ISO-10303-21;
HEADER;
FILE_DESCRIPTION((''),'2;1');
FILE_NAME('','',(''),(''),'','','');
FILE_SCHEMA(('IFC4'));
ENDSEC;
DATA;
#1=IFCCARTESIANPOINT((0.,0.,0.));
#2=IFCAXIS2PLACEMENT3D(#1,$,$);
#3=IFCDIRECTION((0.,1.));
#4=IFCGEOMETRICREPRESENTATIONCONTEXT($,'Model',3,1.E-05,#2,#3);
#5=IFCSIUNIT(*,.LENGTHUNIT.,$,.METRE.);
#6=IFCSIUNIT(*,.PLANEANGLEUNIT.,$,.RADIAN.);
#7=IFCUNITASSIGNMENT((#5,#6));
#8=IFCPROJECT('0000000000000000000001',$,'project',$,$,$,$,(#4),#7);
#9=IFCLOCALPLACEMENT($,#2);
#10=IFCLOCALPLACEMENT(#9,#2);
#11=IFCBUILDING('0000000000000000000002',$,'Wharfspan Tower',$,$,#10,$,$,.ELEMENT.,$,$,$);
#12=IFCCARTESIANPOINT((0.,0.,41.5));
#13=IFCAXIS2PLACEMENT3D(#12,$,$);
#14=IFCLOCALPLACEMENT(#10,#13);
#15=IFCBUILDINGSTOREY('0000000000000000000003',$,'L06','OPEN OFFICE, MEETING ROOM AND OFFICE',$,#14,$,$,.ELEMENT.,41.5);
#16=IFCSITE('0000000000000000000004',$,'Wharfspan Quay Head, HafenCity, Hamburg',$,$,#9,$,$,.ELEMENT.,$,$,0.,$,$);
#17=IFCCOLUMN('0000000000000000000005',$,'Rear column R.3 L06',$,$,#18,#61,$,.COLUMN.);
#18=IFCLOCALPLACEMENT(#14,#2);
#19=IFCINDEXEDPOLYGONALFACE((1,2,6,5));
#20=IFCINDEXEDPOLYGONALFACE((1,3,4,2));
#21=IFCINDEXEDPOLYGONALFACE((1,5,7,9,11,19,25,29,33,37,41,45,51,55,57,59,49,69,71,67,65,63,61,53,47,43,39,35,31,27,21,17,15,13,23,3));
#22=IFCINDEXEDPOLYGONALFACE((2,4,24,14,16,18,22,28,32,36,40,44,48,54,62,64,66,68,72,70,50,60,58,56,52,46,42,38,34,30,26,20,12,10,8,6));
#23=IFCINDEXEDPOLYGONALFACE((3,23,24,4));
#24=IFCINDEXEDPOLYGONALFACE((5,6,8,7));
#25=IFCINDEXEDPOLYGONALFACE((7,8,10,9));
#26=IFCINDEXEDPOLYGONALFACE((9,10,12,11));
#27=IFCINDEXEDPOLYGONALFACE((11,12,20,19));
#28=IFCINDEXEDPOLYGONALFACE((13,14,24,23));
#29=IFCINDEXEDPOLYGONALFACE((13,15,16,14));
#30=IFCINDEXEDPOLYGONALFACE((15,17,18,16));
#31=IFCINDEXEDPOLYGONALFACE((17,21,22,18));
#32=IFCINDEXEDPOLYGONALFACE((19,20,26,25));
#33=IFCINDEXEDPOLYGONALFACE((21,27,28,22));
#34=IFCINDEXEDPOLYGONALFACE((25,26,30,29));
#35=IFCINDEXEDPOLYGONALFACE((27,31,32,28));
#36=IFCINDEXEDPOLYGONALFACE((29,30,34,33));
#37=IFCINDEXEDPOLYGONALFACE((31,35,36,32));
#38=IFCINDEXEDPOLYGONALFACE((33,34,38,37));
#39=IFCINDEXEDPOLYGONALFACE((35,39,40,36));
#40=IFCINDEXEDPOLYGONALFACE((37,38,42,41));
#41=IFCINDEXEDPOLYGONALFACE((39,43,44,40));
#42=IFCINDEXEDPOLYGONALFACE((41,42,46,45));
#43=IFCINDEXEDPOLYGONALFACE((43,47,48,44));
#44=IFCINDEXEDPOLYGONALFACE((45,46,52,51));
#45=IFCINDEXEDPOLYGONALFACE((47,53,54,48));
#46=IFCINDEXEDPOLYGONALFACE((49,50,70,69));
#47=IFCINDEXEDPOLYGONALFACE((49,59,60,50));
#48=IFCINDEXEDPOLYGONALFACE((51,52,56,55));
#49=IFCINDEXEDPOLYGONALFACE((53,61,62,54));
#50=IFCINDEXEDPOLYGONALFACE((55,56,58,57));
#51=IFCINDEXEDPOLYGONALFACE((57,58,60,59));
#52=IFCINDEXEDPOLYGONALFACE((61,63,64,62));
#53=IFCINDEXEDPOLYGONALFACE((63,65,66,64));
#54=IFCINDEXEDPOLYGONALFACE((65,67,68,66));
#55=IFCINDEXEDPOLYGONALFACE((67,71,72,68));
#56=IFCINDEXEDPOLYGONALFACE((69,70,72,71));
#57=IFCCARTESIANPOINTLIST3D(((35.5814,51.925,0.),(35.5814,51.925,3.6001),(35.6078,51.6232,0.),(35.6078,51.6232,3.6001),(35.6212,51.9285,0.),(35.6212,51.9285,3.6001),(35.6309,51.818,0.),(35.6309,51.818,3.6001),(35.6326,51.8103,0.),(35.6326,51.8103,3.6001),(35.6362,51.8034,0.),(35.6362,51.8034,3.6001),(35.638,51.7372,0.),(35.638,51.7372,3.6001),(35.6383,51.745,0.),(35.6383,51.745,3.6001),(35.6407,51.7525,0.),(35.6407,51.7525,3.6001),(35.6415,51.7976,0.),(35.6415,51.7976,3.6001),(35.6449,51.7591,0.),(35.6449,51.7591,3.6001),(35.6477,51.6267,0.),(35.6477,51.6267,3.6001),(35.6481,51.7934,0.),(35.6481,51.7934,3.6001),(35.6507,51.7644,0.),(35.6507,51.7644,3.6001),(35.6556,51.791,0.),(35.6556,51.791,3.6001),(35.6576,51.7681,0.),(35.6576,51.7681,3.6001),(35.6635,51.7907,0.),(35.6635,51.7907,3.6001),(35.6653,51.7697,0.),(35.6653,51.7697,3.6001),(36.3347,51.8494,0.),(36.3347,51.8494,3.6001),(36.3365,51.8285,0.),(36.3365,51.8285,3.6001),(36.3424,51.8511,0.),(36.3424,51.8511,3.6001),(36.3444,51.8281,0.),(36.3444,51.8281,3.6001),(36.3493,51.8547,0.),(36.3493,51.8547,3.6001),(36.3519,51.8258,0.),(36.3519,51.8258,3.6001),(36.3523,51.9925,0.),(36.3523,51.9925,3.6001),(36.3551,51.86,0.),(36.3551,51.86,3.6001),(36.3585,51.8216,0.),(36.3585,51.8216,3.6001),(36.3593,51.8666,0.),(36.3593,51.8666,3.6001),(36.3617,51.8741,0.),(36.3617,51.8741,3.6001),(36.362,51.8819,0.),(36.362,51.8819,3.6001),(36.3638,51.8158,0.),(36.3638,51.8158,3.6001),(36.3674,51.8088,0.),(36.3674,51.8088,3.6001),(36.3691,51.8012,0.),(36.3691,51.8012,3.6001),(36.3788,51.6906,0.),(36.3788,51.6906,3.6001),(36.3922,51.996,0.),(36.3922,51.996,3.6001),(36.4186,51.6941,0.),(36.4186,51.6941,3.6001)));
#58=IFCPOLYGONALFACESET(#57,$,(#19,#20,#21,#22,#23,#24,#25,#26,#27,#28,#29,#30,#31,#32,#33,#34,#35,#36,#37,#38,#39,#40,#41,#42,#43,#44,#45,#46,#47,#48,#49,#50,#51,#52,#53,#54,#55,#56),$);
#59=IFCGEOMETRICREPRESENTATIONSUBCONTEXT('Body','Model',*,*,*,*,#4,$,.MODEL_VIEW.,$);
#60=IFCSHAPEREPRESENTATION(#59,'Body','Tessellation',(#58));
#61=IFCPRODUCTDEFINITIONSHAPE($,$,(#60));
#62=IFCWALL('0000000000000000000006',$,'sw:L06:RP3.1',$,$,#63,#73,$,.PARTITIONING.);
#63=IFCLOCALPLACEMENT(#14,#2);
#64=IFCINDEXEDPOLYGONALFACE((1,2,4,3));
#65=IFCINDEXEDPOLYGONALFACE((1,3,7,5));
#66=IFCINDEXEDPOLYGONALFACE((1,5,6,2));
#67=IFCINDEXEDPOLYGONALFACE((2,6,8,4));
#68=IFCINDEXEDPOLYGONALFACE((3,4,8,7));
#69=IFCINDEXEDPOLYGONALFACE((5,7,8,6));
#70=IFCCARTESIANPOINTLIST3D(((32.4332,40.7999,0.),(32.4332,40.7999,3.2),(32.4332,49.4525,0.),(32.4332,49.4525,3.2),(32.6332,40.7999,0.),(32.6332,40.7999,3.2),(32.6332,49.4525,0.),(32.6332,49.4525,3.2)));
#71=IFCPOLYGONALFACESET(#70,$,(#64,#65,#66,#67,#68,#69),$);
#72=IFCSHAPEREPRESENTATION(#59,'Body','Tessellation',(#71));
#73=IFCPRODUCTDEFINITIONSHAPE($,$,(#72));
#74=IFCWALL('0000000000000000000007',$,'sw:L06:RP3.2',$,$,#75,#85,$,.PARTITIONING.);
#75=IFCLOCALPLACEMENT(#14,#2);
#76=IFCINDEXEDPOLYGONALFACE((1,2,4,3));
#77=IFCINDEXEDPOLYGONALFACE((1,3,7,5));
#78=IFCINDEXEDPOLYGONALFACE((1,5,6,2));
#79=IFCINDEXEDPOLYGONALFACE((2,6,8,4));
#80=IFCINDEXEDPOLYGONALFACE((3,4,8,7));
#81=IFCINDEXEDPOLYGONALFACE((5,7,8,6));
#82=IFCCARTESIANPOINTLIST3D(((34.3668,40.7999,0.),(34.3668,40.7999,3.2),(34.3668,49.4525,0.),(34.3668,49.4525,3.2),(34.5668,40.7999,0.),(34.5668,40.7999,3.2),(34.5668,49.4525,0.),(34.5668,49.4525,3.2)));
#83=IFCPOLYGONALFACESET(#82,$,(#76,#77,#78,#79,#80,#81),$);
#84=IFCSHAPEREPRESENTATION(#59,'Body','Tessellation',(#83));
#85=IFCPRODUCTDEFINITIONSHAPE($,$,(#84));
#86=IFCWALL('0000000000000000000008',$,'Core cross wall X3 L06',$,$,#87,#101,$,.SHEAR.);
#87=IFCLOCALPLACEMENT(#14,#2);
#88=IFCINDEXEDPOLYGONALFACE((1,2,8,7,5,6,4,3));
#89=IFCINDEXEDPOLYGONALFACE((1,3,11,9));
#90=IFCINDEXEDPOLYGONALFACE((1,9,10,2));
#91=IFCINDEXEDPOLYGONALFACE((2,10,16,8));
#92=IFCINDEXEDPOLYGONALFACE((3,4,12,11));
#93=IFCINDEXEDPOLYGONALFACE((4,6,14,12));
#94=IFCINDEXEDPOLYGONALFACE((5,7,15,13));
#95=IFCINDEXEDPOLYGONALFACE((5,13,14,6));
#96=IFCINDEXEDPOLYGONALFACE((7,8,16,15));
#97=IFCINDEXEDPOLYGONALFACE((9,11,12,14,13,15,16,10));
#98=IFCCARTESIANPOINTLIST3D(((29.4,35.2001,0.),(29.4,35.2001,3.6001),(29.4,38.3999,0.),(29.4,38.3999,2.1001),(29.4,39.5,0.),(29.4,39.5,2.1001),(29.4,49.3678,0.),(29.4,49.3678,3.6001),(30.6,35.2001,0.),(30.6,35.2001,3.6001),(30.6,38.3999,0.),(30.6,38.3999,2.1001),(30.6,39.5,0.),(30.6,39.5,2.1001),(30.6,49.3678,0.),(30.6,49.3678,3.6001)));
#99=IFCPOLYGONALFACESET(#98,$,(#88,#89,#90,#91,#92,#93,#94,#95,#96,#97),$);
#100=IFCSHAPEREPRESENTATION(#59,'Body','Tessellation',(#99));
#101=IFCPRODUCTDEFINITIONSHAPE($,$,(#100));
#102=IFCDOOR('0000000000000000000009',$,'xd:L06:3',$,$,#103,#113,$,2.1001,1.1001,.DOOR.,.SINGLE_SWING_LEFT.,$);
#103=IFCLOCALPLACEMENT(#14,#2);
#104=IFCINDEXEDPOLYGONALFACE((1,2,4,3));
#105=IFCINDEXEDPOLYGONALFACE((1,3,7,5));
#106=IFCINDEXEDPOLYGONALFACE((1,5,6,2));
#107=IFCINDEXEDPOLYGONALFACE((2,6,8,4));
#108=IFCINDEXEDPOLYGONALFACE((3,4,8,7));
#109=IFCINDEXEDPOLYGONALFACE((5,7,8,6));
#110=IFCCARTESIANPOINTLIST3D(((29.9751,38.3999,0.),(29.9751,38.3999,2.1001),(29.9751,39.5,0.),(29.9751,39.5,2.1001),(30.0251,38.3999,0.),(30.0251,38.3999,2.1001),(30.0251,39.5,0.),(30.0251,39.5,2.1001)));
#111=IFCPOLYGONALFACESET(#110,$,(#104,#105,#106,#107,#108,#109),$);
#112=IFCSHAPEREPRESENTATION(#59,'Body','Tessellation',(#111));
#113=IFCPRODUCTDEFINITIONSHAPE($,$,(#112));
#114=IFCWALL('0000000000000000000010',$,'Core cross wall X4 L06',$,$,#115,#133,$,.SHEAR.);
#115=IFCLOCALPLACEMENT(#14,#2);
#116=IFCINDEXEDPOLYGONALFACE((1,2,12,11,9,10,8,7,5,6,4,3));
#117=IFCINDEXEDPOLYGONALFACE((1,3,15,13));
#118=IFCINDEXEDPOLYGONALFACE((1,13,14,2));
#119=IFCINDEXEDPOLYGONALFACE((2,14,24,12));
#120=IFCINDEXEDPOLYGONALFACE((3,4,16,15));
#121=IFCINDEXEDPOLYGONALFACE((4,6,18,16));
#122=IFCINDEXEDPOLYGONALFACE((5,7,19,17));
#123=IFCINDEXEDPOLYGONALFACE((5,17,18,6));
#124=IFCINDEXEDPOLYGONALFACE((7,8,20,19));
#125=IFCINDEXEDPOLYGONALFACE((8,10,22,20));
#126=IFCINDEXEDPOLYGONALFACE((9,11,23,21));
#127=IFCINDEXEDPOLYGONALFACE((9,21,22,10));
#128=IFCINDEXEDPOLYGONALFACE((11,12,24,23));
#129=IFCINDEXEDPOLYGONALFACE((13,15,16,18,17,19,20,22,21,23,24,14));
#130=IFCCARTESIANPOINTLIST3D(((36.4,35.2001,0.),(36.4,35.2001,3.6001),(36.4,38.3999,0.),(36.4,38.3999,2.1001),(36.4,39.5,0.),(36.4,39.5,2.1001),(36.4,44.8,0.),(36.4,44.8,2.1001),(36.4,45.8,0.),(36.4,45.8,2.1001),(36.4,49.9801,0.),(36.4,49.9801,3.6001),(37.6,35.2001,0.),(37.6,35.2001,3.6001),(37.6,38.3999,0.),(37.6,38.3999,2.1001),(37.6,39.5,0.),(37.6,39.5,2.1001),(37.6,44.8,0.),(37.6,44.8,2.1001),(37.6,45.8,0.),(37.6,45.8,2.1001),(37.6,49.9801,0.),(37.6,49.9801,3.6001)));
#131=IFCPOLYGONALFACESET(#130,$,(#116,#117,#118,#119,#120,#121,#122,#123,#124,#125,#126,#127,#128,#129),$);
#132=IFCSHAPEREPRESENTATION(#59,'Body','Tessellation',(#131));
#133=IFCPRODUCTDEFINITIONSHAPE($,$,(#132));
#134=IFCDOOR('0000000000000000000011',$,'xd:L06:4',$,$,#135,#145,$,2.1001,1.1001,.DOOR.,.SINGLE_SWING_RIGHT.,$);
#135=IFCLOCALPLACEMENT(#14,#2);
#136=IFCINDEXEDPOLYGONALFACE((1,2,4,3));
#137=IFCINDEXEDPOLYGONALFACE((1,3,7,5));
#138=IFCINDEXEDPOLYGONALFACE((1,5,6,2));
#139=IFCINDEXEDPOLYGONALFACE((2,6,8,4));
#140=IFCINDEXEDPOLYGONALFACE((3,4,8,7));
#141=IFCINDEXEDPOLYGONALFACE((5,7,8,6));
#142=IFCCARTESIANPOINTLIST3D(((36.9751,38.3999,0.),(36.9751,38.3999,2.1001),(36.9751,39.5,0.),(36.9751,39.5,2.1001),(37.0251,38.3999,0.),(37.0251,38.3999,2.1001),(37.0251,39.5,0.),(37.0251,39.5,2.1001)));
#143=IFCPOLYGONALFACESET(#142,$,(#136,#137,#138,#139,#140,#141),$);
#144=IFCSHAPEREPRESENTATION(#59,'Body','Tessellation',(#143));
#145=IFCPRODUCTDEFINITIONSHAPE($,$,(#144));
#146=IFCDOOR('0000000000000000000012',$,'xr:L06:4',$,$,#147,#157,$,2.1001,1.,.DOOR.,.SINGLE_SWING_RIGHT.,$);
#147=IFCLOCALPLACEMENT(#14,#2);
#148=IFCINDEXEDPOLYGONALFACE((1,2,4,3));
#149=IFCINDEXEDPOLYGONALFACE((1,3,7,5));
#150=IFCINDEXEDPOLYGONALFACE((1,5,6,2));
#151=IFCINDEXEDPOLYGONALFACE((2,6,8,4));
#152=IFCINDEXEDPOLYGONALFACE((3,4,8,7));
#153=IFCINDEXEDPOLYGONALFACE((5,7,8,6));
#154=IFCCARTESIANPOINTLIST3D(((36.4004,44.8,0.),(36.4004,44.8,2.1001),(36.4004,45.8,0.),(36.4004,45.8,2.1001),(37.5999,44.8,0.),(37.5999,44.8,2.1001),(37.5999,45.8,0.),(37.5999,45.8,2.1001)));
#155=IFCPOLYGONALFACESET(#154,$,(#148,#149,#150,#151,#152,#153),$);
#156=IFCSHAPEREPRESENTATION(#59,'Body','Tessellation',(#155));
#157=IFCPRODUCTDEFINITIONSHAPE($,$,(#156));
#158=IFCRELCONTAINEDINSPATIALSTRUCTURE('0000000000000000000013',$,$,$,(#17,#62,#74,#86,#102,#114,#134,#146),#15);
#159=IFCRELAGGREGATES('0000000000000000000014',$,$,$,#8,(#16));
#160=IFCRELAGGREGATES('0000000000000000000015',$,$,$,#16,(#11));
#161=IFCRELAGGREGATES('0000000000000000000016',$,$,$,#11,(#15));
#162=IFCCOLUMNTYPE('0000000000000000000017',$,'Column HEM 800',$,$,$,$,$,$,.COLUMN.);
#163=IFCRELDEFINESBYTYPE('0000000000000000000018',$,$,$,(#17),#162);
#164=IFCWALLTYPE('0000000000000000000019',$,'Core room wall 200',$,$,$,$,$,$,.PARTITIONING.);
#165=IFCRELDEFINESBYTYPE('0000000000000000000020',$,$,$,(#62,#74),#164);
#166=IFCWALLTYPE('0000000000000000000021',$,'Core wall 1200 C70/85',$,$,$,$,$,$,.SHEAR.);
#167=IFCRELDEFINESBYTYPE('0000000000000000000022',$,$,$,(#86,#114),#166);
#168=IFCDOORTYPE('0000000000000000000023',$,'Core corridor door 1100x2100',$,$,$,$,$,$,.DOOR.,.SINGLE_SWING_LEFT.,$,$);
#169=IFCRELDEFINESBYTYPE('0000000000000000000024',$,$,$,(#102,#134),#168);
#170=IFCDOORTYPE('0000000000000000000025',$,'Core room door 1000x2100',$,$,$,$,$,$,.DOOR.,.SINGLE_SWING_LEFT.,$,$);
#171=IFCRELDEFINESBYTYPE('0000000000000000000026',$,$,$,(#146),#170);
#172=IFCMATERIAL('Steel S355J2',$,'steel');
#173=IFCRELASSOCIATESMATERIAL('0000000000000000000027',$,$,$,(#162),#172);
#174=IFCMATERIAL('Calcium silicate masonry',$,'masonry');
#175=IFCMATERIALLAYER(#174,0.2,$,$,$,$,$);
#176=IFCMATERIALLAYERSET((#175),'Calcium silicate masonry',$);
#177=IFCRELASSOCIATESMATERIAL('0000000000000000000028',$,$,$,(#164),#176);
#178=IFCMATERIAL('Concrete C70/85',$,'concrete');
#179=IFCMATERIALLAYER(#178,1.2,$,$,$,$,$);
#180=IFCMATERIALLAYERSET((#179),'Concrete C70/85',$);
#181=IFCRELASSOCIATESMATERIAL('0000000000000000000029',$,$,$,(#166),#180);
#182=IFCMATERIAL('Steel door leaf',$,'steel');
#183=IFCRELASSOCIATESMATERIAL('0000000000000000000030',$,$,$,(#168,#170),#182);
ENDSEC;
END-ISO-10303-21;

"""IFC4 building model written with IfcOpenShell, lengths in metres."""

from ifc_helpers import new_model, si_unit, direction, frame, frame_2d, origin, origin_2d, place, context, subcontext, project, spatial, rectangle, i_section, extrude, material, layer, layer_set, material_profile, profile_set, type_object, element, fill, save


model = new_model("IFC4")

# Units and contexts
model_context = context("Model", 3, precision=1e-05, world=origin(), true_north=direction((0.0, 1.0)))
body_context = subcontext(model_context, "Body", "Model", "MODEL_VIEW")
ifc_project = project(units=[si_unit("LENGTHUNIT", "METRE"), si_unit("PLANEANGLEUNIT", "RADIAN")], contexts=[model_context])

# Site, building, storey
site_placement = place(None, origin())
site = spatial("IfcSite", under=ifc_project, at=site_placement, Name="Wharfspan Quay Head, HafenCity, Hamburg", CompositionType="ELEMENT", RefElevation=0.0)
building_placement = place(site_placement, origin())
building = spatial("IfcBuilding", under=site, at=building_placement, Name="Wharfspan Tower", CompositionType="ELEMENT")
storey_placement = place(building_placement, frame((0.0, 0.0, 41.5)))
storey = spatial("IfcBuildingStorey", under=building, at=storey_placement, Name="L06", Description="OPEN OFFICE, MEETING ROOM AND OFFICE", CompositionType="ELEMENT", Elevation=41.5)

# Column
ifc_material_1 = material(Name="Steel S355J2", Category="steel")
ifc_material_profile = material_profile(ifc_material_1, i_section(OverallWidth=0.303, OverallDepth=0.814, WebThickness=0.021, FlangeThickness=0.04, FilletRadius=0.03, at=origin_2d()))
ifc_profile_set = profile_set([ifc_material_profile], Name="Steel S355J2")
column_type = type_object("IfcColumnType", Name="Column HEM 800", PredefinedType="COLUMN", material=ifc_profile_set)
column_placement = place(storey_placement, frame((36.0, 51.8096, 0.0), z_axis=(0.0, 0.0, 1.0), x_axis=(-0.087156, 0.996197, 0.0)))
element("IfcColumn", 1, at=column_placement, inside=storey, type_object=column_type, Name="Rear column R.3 L06", PredefinedType="COLUMN", context=body_context, shape_type="SweptSolid", body=[
    extrude(i_section(OverallWidth=0.303, OverallDepth=0.814, WebThickness=0.021, FlangeThickness=0.04, FilletRadius=0.03, at=origin_2d()), origin(), (0.0, 0.0, 1.0), 3.6001),
])

# Walls
ifc_material_2 = material(Name="Calcium silicate masonry", Category="masonry")
ifc_layer_1 = layer(ifc_material_2, 0.2)
ifc_layer_set_1 = layer_set([ifc_layer_1], Name="Calcium silicate masonry")
wall_type_1 = type_object("IfcWallType", Name="Core room wall 200", PredefinedType="PARTITIONING", material=ifc_layer_set_1)
for number, where, z_axis, x_axis, name in (
    (2, (32.5332, 40.8, 0.0), (0.0, 0.0, 1.0), (0.0, 1.0, 0.0), "sw:L06:RP3.1"),
    (3, (34.4668, 40.8, 0.0), (0.0, 0.0, 1.0), (0.0, 1.0, 0.0), "sw:L06:RP3.2"),
):
    element("IfcWall", number, at=place(storey_placement, frame(where, z_axis=z_axis, x_axis=x_axis)), inside=storey, type_object=wall_type_1, Name=name, PredefinedType="PARTITIONING", context=body_context, shape_type="SweptSolid", body=[
        extrude(rectangle(XDim=8.6526, YDim=0.2, at=frame_2d((4.3262, 0.0))), origin(), (0.0, 0.0, 1.0), 3.2),
    ])

# Wall, opening, door
ifc_material_3 = material(Name="Concrete C70/85", Category="concrete")
ifc_layer_2 = layer(ifc_material_3, 1.2)
ifc_layer_set_2 = layer_set([ifc_layer_2], Name="Concrete C70/85")
wall_type_2 = type_object("IfcWallType", Name="Core wall 1200 C70/85", PredefinedType="SHEAR", material=ifc_layer_set_2)
wall_1_placement = place(storey_placement, frame((30.0, 35.2, 0.0), z_axis=(0.0, 0.0, 1.0), x_axis=(0.0, 1.0, 0.0)))
wall_1 = element("IfcWall", 4, at=wall_1_placement, inside=storey, type_object=wall_type_2, Name="Core cross wall X3 L06", PredefinedType="SHEAR", context=body_context, shape_type="SweptSolid", body=[
    extrude(rectangle(XDim=14.1677, YDim=1.2, at=frame_2d((7.084, 0.0))), origin(), (0.0, 0.0, 1.0), 3.6001),
])
opening_1_placement = place(wall_1_placement, frame((3.2, 0.0, 0.0)))
opening_1 = element("IfcOpeningElement", 5, at=opening_1_placement, cuts=wall_1, PredefinedType="OPENING", context=body_context, shape_type="SweptSolid", body=[
    extrude(rectangle(XDim=1.1001, YDim=2.1001, at=frame_2d((0.55, 1.05))), frame((0.0, 0.6099, 0.0), z_axis=(0.0, -1.0, 0.0), x_axis=(1.0, 0.0, 0.0)), (0.0, 0.0, 1.0), 1.22),
])
ifc_material_4 = material(Name="Steel door leaf", Category="steel")
door_type_1 = type_object("IfcDoorType", Name="Core corridor door 1100x2100", OperationType="SINGLE_SWING_LEFT", PredefinedType="DOOR", material=ifc_material_4)
door_1_placement = place(opening_1_placement, origin())
door_1 = element("IfcDoor", 6, at=door_1_placement, inside=storey, type_object=door_type_1, Name="xd:L06:3", OperationType="SINGLE_SWING_LEFT", OverallHeight=2.1001, OverallWidth=1.1001, PredefinedType="DOOR", context=body_context, shape_type="SweptSolid", body=[
    extrude(rectangle(XDim=1.1001, YDim=2.1001, at=frame_2d((0.55, 1.05))), frame((0.0, 0.0249, 0.0), z_axis=(0.0, -1.0, 0.0), x_axis=(1.0, 0.0, 0.0)), (0.0, 0.0, 1.0), 0.05),
])
fill(opening_1, door_1)

# Wall, openings, doors
wall_2_placement = place(storey_placement, frame((37.0, 35.2, 0.0), z_axis=(0.0, 0.0, 1.0), x_axis=(0.0, 1.0, 0.0)))
wall_2 = element("IfcWall", 7, at=wall_2_placement, inside=storey, type_object=wall_type_2, Name="Core cross wall X4 L06", PredefinedType="SHEAR", context=body_context, shape_type="SweptSolid", body=[
    extrude(rectangle(XDim=14.78, YDim=1.2, at=frame_2d((7.3901, 0.0))), origin(), (0.0, 0.0, 1.0), 3.6001),
])
opening_2_placement = place(wall_2_placement, frame((3.2, 0.0, 0.0)))
opening_2 = element("IfcOpeningElement", 8, at=opening_2_placement, cuts=wall_2, PredefinedType="OPENING", context=body_context, shape_type="SweptSolid", body=[
    extrude(rectangle(XDim=1.1001, YDim=2.1001, at=frame_2d((0.55, 1.05))), frame((0.0, 0.6099, 0.0), z_axis=(0.0, -1.0, 0.0), x_axis=(1.0, 0.0, 0.0)), (0.0, 0.0, 1.0), 1.22),
])
opening_3_placement = place(wall_2_placement, frame((9.6001, 0.0, 0.0)))
opening_3 = element("IfcOpeningElement", 9, at=opening_3_placement, cuts=wall_2, PredefinedType="OPENING", context=body_context, shape_type="SweptSolid", body=[
    extrude(rectangle(XDim=1.0, YDim=2.1001, at=frame_2d((0.5, 1.05))), frame((0.0, 0.6099, 0.0), z_axis=(0.0, -1.0, 0.0), x_axis=(1.0, 0.0, 0.0)), (0.0, 0.0, 1.0), 1.22),
])
door_2_placement = place(opening_2_placement, origin())
door_2 = element("IfcDoor", 10, at=door_2_placement, inside=storey, type_object=door_type_1, Name="xd:L06:4", OperationType="SINGLE_SWING_RIGHT", OverallHeight=2.1001, OverallWidth=1.1001, PredefinedType="DOOR", context=body_context, shape_type="SweptSolid", body=[
    extrude(rectangle(XDim=1.1001, YDim=2.1001, at=frame_2d((0.55, 1.05))), frame((0.0, 0.0249, 0.0), z_axis=(0.0, -1.0, 0.0), x_axis=(1.0, 0.0, 0.0)), (0.0, 0.0, 1.0), 0.05),
])
fill(opening_2, door_2)
door_type_2 = type_object("IfcDoorType", Name="Core room door 1000x2100", OperationType="SINGLE_SWING_LEFT", PredefinedType="DOOR", material=ifc_material_4)
door_3_placement = place(opening_3_placement, origin())
door_3 = element("IfcDoor", 11, at=door_3_placement, inside=storey, type_object=door_type_2, Name="xr:L06:4", OperationType="SINGLE_SWING_RIGHT", OverallHeight=2.1001, OverallWidth=1.0, PredefinedType="DOOR", context=body_context, shape_type="SweptSolid", body=[
    extrude(rectangle(XDim=1.0, YDim=2.1001, at=frame_2d((0.5, 1.05))), frame((0.0, 0.5996, 0.0), z_axis=(0.0, -1.0, 0.0), x_axis=(1.0, 0.0, 0.0)), (0.0, 0.0, 1.0), 1.1995),
])
fill(opening_3, door_3)

save(model, "model.ifc")
